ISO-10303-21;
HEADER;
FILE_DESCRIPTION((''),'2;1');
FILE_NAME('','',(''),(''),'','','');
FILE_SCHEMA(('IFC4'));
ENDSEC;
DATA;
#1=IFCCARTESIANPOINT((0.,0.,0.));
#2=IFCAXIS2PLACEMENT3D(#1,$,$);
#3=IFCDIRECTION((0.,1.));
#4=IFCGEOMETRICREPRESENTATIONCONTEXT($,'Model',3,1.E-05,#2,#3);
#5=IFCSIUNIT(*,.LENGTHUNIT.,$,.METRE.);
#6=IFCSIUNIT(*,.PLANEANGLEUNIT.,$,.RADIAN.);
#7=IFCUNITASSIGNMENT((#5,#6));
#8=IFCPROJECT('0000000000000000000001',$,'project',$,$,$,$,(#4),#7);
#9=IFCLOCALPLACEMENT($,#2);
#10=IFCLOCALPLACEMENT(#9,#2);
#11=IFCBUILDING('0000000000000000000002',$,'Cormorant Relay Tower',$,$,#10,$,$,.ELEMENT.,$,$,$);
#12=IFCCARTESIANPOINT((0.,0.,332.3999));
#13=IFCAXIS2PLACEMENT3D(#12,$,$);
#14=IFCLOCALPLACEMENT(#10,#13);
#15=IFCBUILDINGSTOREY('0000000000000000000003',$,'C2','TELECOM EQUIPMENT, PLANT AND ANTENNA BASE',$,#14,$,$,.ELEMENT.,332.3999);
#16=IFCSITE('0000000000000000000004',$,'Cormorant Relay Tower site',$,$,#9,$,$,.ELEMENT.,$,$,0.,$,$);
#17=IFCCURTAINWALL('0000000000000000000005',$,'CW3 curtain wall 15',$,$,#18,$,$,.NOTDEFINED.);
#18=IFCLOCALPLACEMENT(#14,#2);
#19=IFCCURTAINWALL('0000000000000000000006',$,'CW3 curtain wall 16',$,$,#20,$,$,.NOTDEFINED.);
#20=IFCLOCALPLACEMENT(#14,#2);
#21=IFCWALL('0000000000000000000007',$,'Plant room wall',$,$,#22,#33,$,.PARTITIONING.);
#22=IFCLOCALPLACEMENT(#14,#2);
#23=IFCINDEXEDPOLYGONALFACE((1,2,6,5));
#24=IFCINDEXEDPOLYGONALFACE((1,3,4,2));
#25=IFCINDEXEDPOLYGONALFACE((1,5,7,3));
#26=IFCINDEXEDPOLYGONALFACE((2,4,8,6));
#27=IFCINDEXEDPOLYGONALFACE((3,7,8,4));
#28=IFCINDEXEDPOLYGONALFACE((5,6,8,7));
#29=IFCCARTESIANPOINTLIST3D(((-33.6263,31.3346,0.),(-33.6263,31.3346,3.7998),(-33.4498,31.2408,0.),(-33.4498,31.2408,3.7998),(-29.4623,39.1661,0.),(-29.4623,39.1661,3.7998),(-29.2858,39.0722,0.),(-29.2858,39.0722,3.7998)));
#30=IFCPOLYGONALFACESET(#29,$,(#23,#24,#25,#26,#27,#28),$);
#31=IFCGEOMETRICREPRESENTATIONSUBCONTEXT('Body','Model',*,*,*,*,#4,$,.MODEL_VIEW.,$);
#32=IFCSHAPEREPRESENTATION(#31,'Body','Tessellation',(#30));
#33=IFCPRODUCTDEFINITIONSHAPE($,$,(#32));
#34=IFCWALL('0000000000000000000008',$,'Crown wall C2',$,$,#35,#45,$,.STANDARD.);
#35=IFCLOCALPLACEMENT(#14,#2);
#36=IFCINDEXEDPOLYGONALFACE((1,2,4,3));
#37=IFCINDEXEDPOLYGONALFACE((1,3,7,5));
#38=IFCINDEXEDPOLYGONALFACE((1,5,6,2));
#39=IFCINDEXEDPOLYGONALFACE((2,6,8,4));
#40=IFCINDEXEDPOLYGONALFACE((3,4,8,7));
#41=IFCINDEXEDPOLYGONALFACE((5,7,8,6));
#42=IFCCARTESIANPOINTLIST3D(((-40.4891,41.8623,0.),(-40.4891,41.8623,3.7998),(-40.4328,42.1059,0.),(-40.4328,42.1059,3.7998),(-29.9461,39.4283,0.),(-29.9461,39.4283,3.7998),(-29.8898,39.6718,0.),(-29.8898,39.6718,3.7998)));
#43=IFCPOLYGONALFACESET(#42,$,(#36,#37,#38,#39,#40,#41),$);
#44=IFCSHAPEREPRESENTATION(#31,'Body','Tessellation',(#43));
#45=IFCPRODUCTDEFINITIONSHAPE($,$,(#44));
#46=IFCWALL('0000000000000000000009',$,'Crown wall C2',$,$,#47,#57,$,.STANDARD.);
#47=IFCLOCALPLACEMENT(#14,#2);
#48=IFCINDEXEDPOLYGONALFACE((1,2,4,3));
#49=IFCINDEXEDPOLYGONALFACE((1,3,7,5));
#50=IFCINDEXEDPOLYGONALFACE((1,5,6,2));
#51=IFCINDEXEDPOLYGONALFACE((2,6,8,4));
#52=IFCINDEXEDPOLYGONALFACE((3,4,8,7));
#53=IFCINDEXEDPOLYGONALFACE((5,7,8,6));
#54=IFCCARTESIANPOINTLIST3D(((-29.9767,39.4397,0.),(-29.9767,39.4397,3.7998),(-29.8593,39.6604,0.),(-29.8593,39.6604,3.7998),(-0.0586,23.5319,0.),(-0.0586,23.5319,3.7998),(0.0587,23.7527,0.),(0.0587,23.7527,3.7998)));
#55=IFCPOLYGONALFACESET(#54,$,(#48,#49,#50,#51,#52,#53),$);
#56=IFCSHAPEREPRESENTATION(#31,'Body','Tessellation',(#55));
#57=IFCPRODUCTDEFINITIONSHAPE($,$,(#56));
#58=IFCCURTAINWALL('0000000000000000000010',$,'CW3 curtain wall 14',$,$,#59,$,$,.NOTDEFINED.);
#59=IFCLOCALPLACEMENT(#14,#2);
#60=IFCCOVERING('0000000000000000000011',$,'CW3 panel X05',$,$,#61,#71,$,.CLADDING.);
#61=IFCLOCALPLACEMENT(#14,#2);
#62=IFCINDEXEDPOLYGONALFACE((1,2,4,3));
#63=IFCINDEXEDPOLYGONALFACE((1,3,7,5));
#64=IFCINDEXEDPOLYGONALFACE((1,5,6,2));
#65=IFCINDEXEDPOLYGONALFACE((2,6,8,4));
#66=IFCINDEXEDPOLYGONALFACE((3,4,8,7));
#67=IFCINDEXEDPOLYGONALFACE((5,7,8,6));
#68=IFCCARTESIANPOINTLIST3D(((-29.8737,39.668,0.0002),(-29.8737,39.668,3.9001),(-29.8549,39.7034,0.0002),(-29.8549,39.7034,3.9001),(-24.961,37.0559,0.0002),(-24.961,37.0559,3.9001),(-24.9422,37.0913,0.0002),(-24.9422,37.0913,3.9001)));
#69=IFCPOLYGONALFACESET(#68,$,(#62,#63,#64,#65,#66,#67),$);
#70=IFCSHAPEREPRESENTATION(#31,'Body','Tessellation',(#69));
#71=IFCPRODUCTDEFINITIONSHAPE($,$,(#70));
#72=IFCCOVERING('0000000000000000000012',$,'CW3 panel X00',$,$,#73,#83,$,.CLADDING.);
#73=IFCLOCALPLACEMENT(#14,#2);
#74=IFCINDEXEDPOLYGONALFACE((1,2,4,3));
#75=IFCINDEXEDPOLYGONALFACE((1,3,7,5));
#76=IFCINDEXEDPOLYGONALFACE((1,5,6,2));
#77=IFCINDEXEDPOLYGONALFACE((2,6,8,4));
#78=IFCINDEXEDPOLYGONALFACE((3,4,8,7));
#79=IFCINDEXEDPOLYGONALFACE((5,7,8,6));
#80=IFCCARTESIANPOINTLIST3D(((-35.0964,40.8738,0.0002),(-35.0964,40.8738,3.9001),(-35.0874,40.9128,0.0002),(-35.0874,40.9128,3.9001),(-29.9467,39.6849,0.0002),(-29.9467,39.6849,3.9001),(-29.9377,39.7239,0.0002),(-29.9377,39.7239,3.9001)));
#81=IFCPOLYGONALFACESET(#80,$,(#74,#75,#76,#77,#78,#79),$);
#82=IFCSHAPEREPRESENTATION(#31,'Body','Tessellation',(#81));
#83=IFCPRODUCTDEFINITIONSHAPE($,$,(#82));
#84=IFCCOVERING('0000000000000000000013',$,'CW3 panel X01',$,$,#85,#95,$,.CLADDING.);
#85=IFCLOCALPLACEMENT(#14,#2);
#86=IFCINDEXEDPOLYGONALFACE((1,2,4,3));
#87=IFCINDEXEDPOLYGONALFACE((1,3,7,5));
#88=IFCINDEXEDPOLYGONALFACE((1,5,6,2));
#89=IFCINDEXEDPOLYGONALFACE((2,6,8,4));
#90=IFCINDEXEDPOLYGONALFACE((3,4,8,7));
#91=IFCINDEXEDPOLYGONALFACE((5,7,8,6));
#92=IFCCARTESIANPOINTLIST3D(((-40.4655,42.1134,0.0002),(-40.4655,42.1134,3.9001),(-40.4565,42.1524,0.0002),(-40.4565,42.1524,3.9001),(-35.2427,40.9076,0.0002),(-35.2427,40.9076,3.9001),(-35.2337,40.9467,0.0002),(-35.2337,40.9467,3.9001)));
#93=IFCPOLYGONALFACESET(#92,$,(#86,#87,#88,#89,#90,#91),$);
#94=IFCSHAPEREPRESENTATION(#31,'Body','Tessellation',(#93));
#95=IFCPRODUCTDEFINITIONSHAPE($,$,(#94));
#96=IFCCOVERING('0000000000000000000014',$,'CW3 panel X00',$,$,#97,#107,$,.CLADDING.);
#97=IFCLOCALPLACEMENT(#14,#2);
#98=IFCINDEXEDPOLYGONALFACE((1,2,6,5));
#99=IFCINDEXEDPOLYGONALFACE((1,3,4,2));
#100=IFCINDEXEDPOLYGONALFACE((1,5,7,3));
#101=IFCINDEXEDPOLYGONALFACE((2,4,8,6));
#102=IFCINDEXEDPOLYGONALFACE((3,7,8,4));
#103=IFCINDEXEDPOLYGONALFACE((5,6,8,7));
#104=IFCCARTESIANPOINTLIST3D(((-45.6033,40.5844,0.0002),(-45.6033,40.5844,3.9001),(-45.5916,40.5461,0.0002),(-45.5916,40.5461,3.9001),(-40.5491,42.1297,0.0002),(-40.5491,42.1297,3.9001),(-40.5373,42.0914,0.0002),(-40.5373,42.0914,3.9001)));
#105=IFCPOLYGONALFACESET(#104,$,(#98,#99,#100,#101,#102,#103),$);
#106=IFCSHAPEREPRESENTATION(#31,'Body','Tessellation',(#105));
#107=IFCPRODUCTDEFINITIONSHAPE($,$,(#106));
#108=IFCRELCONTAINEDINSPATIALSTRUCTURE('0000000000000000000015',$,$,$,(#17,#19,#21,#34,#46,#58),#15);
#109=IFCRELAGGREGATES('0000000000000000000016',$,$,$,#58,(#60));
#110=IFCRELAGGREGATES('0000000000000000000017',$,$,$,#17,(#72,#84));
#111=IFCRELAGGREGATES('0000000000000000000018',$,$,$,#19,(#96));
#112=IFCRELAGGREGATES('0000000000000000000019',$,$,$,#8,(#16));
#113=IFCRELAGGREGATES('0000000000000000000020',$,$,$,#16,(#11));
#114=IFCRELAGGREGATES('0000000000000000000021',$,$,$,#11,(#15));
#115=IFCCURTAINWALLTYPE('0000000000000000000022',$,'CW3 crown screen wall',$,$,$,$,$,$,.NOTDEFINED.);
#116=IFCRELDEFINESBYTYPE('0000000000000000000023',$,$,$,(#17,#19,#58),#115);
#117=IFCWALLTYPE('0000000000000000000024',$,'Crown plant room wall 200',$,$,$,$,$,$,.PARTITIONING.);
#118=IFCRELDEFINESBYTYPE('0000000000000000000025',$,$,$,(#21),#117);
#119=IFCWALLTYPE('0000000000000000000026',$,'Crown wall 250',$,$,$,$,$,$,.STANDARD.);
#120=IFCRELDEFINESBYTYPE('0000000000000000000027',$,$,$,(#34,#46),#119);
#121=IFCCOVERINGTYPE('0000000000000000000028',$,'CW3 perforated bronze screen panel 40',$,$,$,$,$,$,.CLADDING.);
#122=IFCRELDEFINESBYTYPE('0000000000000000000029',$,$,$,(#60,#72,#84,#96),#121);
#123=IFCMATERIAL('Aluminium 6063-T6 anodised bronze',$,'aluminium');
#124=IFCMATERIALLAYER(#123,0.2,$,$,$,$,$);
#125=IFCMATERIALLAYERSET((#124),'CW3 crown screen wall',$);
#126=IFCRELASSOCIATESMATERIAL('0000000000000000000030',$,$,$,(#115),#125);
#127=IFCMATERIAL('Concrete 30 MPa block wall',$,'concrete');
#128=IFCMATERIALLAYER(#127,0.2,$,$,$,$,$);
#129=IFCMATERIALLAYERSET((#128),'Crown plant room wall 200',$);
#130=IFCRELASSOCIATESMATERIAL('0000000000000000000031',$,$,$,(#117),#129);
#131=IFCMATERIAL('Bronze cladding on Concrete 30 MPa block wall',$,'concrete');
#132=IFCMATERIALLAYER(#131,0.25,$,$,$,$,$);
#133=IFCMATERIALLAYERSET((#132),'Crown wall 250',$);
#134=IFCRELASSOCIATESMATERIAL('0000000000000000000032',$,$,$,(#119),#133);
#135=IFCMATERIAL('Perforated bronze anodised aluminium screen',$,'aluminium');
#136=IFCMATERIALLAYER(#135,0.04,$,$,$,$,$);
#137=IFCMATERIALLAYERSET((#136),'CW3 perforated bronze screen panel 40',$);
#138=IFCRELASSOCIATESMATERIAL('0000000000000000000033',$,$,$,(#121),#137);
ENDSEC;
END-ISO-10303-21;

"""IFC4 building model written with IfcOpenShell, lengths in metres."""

from ifc_helpers import new_model, si_unit, direction, frame, frame_2d, origin, origin_2d, place, context, subcontext, project, spatial, rectangle, extrude, material, layer, layer_set, type_object, element, aggregate, save


model = new_model("IFC4")

# Units and contexts
model_context = context("Model", 3, precision=1e-05, world=origin(), true_north=direction((0.0, 1.0)))
body_context = subcontext(model_context, "Body", "Model", "MODEL_VIEW")
ifc_project = project(units=[si_unit("LENGTHUNIT", "METRE"), si_unit("PLANEANGLEUNIT", "RADIAN")], contexts=[model_context])

# Site, building, storey
site_placement = place(None, origin())
site = spatial("IfcSite", under=ifc_project, at=site_placement, Name="Cormorant Relay Tower site", CompositionType="ELEMENT", RefElevation=0.0)
building_placement = place(site_placement, origin())
building = spatial("IfcBuilding", under=site, at=building_placement, Name="Cormorant Relay Tower", CompositionType="ELEMENT")
storey_placement = place(building_placement, frame((0.0, 0.0, 332.3999)))
storey = spatial("IfcBuildingStorey", under=building, at=storey_placement, Name="C2", Description="TELECOM EQUIPMENT, PLANT AND ANTENNA BASE", CompositionType="ELEMENT", Elevation=332.3999)

# Curtain walls
ifc_material_1 = material(Name="Aluminium 6063-T6 anodised bronze", Category="aluminium")
ifc_layer_1 = layer(ifc_material_1, 0.2)
ifc_layer_set_1 = layer_set([ifc_layer_1], Name="CW3 crown screen wall")
curtain_wall_type = type_object("IfcCurtainWallType", Name="CW3 crown screen wall", PredefinedType="NOTDEFINED", material=ifc_layer_set_1)
curtain_wall_1_placement = place(storey_placement, origin())
curtain_wall_1 = element("IfcCurtainWall", 1, at=curtain_wall_1_placement, inside=storey, type_object=curtain_wall_type, Name="CW3 curtain wall 15", PredefinedType="NOTDEFINED")
curtain_wall_2_placement = place(storey_placement, origin())
curtain_wall_2 = element("IfcCurtainWall", 2, at=curtain_wall_2_placement, inside=storey, type_object=curtain_wall_type, Name="CW3 curtain wall 16", PredefinedType="NOTDEFINED")

# Shared definitions
ifc_material_2 = material(Name="Concrete 30 MPa block wall", Category="concrete")
ifc_layer_2 = layer(ifc_material_2, 0.2)
ifc_layer_set_2 = layer_set([ifc_layer_2], Name="Crown plant room wall 200")
wall_type_1 = type_object("IfcWallType", Name="Crown plant room wall 200", PredefinedType="PARTITIONING", material=ifc_layer_set_2)

# Walls
wall_1_placement = place(storey_placement, frame((-29.374, 39.1191, 0.0), z_axis=(0.0, 0.0, 1.0), x_axis=(-0.469468, -0.88295, 0.0)))
element("IfcWall", 3, at=wall_1_placement, inside=storey, type_object=wall_type_1, Name="Plant room wall", PredefinedType="PARTITIONING", context=body_context, shape_type="SweptSolid", body=[
    extrude(rectangle(XDim=8.8696, YDim=0.2, at=frame_2d((4.4348, 0.0))), origin(), (0.0, 0.0, 1.0), 3.7998),
])
ifc_material_3 = material(Name="Bronze cladding on Concrete 30 MPa block wall", Category="concrete")
ifc_layer_3 = layer(ifc_material_3, 0.25)
ifc_layer_set_3 = layer_set([ifc_layer_3], Name="Crown wall 250")
wall_type_2 = type_object("IfcWallType", Name="Crown wall 250", PredefinedType="STANDARD", material=ifc_layer_set_3)
wall_2_placement = place(storey_placement, frame((-40.4609, 41.9841, 0.0), z_axis=(0.0, 0.0, 1.0), x_axis=(0.974369, -0.224955, 0.0)))
element("IfcWall", 4, at=wall_2_placement, inside=storey, type_object=wall_type_2, Name="Crown wall C2", PredefinedType="STANDARD", context=body_context, shape_type="SweptSolid", body=[
    extrude(rectangle(XDim=10.8203, YDim=0.25, at=frame_2d((5.4102, 0.0))), origin(), (0.0, 0.0, 1.0), 3.7998),
])
wall_3_placement = place(storey_placement, frame((-29.918, 39.55, 0.0), z_axis=(0.0, 0.0, 1.0), x_axis=(0.882947, -0.469473, 0.0)))
element("IfcWall", 5, at=wall_3_placement, inside=storey, type_object=wall_type_2, Name="Crown wall C2", PredefinedType="STANDARD", context=body_context, shape_type="SweptSolid", body=[
    extrude(rectangle(XDim=33.8843, YDim=0.25, at=frame_2d((16.9421, 0.0))), origin(), (0.0, 0.0, 1.0), 3.7998),
])

# Curtain wall, covering
curtain_wall_3_placement = place(storey_placement, origin())
curtain_wall_3 = element("IfcCurtainWall", 6, at=curtain_wall_3_placement, inside=storey, type_object=curtain_wall_type, Name="CW3 curtain wall 14", PredefinedType="NOTDEFINED")
ifc_material_4 = material(Name="Perforated bronze anodised aluminium screen", Category="aluminium")
ifc_layer_4 = layer(ifc_material_4, 0.04)
ifc_layer_set_4 = layer_set([ifc_layer_4], Name="CW3 perforated bronze screen panel 40")
covering_type = type_object("IfcCoveringType", Name="CW3 perforated bronze screen panel 40", PredefinedType="CLADDING", material=ifc_layer_set_4)
covering_1_placement = place(storey_placement, frame((-27.408, 38.3796, 0.0002), z_axis=(0.0, 0.0, 1.0), x_axis=(-0.882948, 0.469472, 0.0)))
covering_1 = element("IfcCovering", 7, at=covering_1_placement, type_object=covering_type, Name="CW3 panel X05", PredefinedType="CLADDING", context=body_context, shape_type="SweptSolid", body=[
    extrude(rectangle(XDim=5.564, YDim=0.04, at=origin_2d()), origin(), (0.0, 0.0, 1.0), 3.8999),
])
aggregate(curtain_wall_3, [covering_1])

# Coverings
covering_2_placement = place(storey_placement, frame((-32.5171, 40.2988, 0.0002), z_axis=(0.0, 0.0, 1.0), x_axis=(-0.97437, 0.224951, 0.0)))
covering_2 = element("IfcCovering", 8, at=covering_2_placement, type_object=covering_type, Name="CW3 panel X00", PredefinedType="CLADDING", context=body_context, shape_type="SweptSolid", body=[
    extrude(rectangle(XDim=5.2852, YDim=0.04, at=origin_2d()), origin(), (0.0, 0.0, 1.0), 3.8999),
])
covering_3_placement = place(storey_placement, frame((-37.8496, 41.53, 0.0002), z_axis=(0.0, 0.0, 1.0), x_axis=(-0.97437, 0.224951, 0.0)))
covering_3 = element("IfcCovering", 9, at=covering_3_placement, type_object=covering_type, Name="CW3 panel X01", PredefinedType="CLADDING", context=body_context, shape_type="SweptSolid", body=[
    extrude(rectangle(XDim=5.3601, YDim=0.04, at=origin_2d()), origin(), (0.0, 0.0, 1.0), 3.8999),
])
aggregate(curtain_wall_1, [covering_2, covering_3])
covering_4_placement = place(storey_placement, frame((-43.0703, 41.3379, 0.0002), z_axis=(0.0, 0.0, 1.0), x_axis=(-0.956305, -0.292372, 0.0)))
covering_4 = element("IfcCovering", 10, at=covering_4_placement, type_object=covering_type, Name="CW3 panel X00", PredefinedType="CLADDING", context=body_context, shape_type="SweptSolid", body=[
    extrude(rectangle(XDim=5.2852, YDim=0.04, at=origin_2d()), origin(), (0.0, 0.0, 1.0), 3.8999),
])
aggregate(curtain_wall_2, [covering_4])

save(model, "model.ifc")
